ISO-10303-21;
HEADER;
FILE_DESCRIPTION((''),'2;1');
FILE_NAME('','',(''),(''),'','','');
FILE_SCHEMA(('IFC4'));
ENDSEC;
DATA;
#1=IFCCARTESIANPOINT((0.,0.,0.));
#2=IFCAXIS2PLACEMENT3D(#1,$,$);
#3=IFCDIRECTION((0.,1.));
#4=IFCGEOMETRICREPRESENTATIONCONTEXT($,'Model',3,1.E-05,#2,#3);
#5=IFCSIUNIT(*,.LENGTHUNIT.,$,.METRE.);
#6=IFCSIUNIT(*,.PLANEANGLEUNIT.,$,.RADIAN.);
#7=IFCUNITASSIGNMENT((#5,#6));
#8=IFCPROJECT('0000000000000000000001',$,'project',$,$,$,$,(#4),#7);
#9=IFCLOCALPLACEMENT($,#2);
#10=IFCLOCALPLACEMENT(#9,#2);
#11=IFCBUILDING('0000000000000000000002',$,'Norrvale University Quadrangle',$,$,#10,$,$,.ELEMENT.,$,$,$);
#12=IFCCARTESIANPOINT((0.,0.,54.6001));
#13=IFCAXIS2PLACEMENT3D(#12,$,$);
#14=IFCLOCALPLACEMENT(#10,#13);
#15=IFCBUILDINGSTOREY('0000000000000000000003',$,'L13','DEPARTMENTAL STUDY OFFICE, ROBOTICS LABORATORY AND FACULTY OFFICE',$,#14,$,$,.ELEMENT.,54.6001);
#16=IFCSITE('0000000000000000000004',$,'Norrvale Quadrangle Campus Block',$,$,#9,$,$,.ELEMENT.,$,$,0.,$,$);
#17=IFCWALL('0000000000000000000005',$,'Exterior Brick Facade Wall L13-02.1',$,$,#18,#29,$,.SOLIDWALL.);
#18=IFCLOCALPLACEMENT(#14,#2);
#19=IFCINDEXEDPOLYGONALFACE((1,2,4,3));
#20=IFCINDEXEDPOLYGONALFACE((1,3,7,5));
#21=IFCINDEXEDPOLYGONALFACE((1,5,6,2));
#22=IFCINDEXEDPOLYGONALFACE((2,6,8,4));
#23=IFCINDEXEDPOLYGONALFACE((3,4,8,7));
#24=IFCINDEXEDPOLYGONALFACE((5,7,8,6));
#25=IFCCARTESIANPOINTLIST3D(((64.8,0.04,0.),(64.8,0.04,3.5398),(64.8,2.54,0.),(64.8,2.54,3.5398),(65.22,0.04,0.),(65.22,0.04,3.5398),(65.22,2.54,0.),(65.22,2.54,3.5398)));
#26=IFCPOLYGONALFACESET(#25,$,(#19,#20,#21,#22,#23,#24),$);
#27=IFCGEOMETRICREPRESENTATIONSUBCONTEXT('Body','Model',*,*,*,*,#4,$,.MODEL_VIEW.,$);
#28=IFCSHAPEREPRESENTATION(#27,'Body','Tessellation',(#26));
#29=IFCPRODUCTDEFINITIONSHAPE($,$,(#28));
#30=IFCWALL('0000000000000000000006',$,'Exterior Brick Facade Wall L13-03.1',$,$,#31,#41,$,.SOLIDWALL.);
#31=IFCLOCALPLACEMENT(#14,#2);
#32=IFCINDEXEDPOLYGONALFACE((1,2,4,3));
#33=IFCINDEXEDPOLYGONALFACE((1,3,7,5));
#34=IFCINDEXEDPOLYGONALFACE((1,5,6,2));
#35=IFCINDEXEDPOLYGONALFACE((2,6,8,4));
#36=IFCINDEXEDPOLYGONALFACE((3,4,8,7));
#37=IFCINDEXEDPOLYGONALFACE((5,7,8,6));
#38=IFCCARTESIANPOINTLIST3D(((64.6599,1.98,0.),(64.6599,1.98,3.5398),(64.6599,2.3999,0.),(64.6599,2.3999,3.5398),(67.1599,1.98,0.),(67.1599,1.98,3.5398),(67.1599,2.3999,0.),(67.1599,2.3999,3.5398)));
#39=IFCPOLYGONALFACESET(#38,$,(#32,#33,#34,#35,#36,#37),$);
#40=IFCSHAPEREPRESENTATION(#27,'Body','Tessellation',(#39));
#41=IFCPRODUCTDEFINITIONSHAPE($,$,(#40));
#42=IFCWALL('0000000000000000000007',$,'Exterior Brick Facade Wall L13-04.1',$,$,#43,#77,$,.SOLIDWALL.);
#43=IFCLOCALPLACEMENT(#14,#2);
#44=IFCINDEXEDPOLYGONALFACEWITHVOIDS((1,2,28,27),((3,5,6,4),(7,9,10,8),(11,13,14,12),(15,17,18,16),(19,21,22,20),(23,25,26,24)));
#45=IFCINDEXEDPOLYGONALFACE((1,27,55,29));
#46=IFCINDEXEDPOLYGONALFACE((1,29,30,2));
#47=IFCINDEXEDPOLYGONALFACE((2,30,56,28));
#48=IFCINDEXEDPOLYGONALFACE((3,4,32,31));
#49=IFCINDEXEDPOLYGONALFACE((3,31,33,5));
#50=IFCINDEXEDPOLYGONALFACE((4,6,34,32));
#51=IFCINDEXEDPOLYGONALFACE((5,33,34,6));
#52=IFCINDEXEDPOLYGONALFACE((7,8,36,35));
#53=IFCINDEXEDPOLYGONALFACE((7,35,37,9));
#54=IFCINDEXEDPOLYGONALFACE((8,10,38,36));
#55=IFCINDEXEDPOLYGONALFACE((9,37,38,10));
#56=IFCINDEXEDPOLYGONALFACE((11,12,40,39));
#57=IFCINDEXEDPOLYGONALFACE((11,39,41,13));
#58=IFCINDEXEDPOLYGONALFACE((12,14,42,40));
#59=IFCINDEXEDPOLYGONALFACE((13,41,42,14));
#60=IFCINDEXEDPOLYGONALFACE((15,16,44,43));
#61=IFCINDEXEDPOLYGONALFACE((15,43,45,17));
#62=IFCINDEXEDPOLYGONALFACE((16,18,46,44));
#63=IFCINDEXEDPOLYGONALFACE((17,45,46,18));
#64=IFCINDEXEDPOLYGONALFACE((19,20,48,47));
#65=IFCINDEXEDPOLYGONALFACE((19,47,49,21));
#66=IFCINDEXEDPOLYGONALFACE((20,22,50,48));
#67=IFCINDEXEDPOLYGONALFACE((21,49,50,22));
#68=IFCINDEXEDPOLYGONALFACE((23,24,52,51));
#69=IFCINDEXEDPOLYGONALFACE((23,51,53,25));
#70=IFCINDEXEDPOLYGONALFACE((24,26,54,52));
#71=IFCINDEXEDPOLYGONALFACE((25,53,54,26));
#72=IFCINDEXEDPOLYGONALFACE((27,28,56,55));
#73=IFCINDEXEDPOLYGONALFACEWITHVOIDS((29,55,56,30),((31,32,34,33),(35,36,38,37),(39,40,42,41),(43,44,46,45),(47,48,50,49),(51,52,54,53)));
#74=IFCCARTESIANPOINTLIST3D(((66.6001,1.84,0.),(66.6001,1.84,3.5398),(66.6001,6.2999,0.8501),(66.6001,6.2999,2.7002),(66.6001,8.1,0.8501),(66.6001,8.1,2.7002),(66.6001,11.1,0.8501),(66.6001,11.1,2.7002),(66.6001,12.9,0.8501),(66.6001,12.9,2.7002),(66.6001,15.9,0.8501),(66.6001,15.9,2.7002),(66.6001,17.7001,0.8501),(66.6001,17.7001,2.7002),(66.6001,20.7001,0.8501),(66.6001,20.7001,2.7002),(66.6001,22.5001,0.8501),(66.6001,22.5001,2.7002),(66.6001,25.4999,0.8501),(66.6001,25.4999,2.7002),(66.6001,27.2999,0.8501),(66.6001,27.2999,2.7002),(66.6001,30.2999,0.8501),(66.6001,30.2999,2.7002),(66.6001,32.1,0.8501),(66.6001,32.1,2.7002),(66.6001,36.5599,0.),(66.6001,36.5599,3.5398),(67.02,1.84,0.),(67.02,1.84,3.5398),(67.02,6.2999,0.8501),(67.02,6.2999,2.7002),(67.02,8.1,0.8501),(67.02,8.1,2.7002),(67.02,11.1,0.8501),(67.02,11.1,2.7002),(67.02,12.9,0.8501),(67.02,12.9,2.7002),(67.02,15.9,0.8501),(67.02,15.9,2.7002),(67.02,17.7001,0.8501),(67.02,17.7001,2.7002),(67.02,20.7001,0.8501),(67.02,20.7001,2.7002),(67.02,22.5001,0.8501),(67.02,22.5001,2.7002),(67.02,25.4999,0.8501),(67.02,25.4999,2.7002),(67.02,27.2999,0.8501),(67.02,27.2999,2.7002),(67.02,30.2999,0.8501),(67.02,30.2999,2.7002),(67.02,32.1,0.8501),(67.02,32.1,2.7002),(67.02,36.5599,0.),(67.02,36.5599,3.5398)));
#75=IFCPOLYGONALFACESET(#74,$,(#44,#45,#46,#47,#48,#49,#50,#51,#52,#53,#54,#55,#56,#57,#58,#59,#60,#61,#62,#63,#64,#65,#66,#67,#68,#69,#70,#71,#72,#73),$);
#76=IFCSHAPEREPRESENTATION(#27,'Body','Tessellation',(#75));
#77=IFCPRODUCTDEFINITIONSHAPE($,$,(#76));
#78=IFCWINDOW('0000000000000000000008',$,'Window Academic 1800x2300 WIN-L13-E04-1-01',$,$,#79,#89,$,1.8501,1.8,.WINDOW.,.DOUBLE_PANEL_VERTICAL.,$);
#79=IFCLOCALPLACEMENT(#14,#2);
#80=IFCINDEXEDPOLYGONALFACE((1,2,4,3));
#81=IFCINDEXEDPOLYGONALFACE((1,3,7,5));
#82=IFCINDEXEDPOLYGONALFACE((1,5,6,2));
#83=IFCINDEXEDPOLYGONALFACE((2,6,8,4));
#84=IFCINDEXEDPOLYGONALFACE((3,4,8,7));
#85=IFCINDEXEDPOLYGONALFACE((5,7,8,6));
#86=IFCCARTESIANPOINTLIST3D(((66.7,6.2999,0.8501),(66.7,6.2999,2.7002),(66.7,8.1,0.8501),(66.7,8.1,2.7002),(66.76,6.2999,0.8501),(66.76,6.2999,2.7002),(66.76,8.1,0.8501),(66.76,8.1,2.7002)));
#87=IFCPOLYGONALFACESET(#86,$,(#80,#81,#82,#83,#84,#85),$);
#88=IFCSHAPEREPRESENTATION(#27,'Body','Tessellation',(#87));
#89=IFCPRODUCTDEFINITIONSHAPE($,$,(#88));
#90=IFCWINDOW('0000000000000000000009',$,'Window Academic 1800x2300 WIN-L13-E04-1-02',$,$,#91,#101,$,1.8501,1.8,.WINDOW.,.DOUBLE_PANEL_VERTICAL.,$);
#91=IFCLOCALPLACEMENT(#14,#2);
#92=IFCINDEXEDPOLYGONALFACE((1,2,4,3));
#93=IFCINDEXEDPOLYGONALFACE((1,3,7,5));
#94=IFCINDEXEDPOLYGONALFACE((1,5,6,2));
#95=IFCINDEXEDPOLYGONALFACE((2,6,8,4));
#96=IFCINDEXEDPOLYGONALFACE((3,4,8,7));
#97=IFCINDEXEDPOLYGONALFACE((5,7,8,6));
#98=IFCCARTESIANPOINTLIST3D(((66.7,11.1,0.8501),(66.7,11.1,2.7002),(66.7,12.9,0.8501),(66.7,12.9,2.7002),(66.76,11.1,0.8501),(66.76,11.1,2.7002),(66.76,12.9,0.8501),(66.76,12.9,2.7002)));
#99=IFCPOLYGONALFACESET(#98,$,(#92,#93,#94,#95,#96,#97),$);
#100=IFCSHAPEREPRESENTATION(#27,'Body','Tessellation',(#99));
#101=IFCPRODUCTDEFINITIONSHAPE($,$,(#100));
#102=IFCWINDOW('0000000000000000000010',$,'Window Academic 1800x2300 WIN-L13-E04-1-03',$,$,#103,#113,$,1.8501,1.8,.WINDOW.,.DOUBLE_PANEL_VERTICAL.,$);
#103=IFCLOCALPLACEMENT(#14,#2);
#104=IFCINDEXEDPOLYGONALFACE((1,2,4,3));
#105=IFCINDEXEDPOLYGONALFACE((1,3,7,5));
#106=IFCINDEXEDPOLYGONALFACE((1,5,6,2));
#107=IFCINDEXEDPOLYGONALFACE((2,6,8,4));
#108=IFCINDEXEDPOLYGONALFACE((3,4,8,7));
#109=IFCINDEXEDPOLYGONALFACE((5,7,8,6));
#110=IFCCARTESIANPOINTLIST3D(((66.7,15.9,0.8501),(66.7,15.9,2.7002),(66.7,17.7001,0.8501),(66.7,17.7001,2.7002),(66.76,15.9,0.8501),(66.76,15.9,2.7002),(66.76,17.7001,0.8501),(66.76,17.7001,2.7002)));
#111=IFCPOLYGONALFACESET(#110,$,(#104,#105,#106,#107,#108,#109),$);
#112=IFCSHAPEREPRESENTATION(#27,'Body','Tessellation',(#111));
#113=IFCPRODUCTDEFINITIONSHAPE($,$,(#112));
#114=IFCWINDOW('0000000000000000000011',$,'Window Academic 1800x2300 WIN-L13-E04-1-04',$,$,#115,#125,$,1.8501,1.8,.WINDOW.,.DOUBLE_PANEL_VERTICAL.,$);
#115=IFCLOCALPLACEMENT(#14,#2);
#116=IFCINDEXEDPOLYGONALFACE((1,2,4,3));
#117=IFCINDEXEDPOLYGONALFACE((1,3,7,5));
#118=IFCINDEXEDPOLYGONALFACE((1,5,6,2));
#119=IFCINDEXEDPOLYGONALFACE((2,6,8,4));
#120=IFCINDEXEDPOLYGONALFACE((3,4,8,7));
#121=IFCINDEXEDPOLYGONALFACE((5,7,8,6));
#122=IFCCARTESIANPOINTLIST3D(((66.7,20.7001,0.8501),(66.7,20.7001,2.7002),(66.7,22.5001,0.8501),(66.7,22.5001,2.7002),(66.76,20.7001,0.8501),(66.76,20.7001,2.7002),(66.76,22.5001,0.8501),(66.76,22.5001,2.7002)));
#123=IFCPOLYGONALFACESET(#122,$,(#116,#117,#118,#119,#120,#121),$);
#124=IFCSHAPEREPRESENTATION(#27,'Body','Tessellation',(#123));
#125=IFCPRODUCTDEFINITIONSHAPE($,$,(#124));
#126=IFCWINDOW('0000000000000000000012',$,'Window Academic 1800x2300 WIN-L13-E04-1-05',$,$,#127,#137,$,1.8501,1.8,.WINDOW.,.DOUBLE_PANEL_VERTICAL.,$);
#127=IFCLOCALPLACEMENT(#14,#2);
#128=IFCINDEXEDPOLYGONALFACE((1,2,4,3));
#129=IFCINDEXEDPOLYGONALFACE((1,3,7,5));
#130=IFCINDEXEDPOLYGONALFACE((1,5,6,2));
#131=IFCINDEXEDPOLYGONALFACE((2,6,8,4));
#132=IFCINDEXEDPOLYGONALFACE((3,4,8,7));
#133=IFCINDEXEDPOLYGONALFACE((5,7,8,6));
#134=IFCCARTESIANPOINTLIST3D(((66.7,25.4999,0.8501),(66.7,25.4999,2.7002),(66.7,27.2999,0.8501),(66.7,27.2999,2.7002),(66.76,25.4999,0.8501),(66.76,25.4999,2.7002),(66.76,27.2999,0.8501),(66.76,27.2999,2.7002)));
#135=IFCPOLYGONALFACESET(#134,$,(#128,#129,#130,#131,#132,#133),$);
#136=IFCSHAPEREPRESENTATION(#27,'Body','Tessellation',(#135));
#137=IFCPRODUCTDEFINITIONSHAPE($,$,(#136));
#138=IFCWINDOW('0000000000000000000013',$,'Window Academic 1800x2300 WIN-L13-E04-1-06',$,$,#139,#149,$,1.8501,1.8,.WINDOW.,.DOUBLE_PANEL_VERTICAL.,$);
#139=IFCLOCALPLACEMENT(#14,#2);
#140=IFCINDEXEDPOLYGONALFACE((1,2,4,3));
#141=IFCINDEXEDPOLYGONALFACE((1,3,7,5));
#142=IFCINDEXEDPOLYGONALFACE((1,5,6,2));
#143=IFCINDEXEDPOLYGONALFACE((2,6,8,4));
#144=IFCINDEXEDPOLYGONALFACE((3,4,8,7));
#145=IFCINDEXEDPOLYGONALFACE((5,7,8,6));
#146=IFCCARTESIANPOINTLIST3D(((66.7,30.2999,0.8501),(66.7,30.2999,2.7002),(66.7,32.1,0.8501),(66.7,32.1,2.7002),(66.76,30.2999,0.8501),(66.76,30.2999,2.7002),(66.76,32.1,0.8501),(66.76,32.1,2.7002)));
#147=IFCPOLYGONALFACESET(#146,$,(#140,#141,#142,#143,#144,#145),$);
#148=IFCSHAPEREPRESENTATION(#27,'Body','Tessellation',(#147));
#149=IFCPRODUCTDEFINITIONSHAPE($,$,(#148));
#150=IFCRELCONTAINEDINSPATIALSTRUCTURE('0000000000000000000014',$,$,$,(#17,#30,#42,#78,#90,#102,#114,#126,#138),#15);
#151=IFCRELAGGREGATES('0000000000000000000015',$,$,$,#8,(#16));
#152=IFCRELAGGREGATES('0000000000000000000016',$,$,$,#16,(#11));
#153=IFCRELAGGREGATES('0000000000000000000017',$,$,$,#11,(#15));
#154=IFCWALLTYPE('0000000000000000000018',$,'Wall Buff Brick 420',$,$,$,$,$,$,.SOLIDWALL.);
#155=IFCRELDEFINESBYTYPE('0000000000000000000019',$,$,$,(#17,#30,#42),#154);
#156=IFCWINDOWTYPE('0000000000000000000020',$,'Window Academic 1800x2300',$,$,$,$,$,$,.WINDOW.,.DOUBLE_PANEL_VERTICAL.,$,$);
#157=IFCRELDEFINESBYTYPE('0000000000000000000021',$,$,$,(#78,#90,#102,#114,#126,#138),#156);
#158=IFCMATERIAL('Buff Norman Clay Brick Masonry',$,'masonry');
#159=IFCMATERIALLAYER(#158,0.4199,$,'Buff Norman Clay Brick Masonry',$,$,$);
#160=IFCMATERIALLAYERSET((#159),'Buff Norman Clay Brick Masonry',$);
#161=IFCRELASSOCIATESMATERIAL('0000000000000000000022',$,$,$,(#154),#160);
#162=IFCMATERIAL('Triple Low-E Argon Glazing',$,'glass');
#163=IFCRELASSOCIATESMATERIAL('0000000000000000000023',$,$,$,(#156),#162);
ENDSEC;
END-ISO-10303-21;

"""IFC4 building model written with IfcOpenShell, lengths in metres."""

from ifc_helpers import new_model, si_unit, direction, frame, frame_2d, origin, place, context, subcontext, project, spatial, rectangle, extrude, material, layer, layer_set, type_object, element, fill, save


model = new_model("IFC4")

# Units and contexts
model_context = context("Model", 3, precision=1e-05, world=origin(), true_north=direction((0.0, 1.0)))
body_context = subcontext(model_context, "Body", "Model", "MODEL_VIEW")
ifc_project = project(units=[si_unit("LENGTHUNIT", "METRE"), si_unit("PLANEANGLEUNIT", "RADIAN")], contexts=[model_context])

# Site, building, storey
site_placement = place(None, origin())
site = spatial("IfcSite", under=ifc_project, at=site_placement, Name="Norrvale Quadrangle Campus Block", CompositionType="ELEMENT", RefElevation=0.0)
building_placement = place(site_placement, origin())
building = spatial("IfcBuilding", under=site, at=building_placement, Name="Norrvale University Quadrangle", CompositionType="ELEMENT")
storey_placement = place(building_placement, frame((0.0, 0.0, 54.6001)))
storey = spatial("IfcBuildingStorey", under=building, at=storey_placement, Name="L13", Description="DEPARTMENTAL STUDY OFFICE, ROBOTICS LABORATORY AND FACULTY OFFICE", CompositionType="ELEMENT", Elevation=54.6001)

# Walls
ifc_material_1 = material(Name="Buff Norman Clay Brick Masonry", Category="masonry")
ifc_layer_1 = layer(ifc_material_1, 0.4199, Name="Buff Norman Clay Brick Masonry")
ifc_layer_set_1 = layer_set([ifc_layer_1], Name="Buff Norman Clay Brick Masonry")
wall_type_1 = type_object("IfcWallType", Name="Wall Buff Brick 420", PredefinedType="SOLIDWALL", material=ifc_layer_set_1)
for number, where, z_axis, x_axis, name in (
    (1, (65.01, 0.04, 0.0), (0.0, 0.0, 1.0), (0.0, 1.0, 0.0), "Exterior Brick Facade Wall L13-02.1"),
    (2, (64.6599, 2.1899, 0.0), (0.0, 0.0, 1.0), (1.0, 0.0, 0.0), "Exterior Brick Facade Wall L13-03.1"),
):
    element("IfcWall", number, at=place(storey_placement, frame(where, z_axis=z_axis, x_axis=x_axis)), inside=storey, type_object=wall_type_1, Name=name, PredefinedType="SOLIDWALL", context=body_context, shape_type="SweptSolid", body=[
        extrude(rectangle(XDim=2.5, YDim=0.4199, at=frame_2d((1.25, 0.0))), origin(), (0.0, 0.0, 1.0), 3.5398),
    ])

# Wall, openings, windows
wall_1_placement = place(storey_placement, frame((66.8101, 1.8401, 0.0), z_axis=(0.0, 0.0, 1.0), x_axis=(0.0, 1.0, 0.0)))
wall_1 = element("IfcWall", 3, at=wall_1_placement, inside=storey, type_object=wall_type_1, Name="Exterior Brick Facade Wall L13-04.1", PredefinedType="SOLIDWALL", context=body_context, shape_type="SweptSolid", body=[
    extrude(rectangle(XDim=34.72, YDim=0.4199, at=frame_2d((17.3599, 0.0))), origin(), (0.0, 0.0, 1.0), 3.5398),
])
opening_1_placement = place(wall_1_placement, frame((4.46, 0.0, 0.8501)))
opening_1 = element("IfcOpeningElement", 4, at=opening_1_placement, cuts=wall_1, PredefinedType="OPENING", context=body_context, shape_type="SweptSolid", body=[
    extrude(rectangle(XDim=1.8, YDim=1.8501, at=frame_2d((0.8999, 0.925))), frame((0.0, 0.2219, 0.0), z_axis=(0.0, -1.0, 0.0), x_axis=(1.0, 0.0, 0.0)), (0.0, 0.0, 1.0), 0.4438),
])
opening_2_placement = place(wall_1_placement, frame((9.26, 0.0, 0.8501)))
opening_2 = element("IfcOpeningElement", 5, at=opening_2_placement, cuts=wall_1, PredefinedType="OPENING", context=body_context, shape_type="SweptSolid", body=[
    extrude(rectangle(XDim=1.8, YDim=1.8501, at=frame_2d((0.8999, 0.925))), frame((0.0, 0.2219, 0.0), z_axis=(0.0, -1.0, 0.0), x_axis=(1.0, 0.0, 0.0)), (0.0, 0.0, 1.0), 0.4438),
])
opening_3_placement = place(wall_1_placement, frame((14.0601, 0.0, 0.8501)))
opening_3 = element("IfcOpeningElement", 6, at=opening_3_placement, cuts=wall_1, PredefinedType="OPENING", context=body_context, shape_type="SweptSolid", body=[
    extrude(rectangle(XDim=1.8, YDim=1.8501, at=frame_2d((0.8999, 0.925))), frame((0.0, 0.2219, 0.0), z_axis=(0.0, -1.0, 0.0), x_axis=(1.0, 0.0, 0.0)), (0.0, 0.0, 1.0), 0.4438),
])
opening_4_placement = place(wall_1_placement, frame((18.8601, 0.0, 0.8501)))
opening_4 = element("IfcOpeningElement", 7, at=opening_4_placement, cuts=wall_1, PredefinedType="OPENING", context=body_context, shape_type="SweptSolid", body=[
    extrude(rectangle(XDim=1.8, YDim=1.8501, at=frame_2d((0.8999, 0.925))), frame((0.0, 0.2219, 0.0), z_axis=(0.0, -1.0, 0.0), x_axis=(1.0, 0.0, 0.0)), (0.0, 0.0, 1.0), 0.4438),
])
opening_5_placement = place(wall_1_placement, frame((23.6599, 0.0, 0.8501)))
opening_5 = element("IfcOpeningElement", 8, at=opening_5_placement, cuts=wall_1, PredefinedType="OPENING", context=body_context, shape_type="SweptSolid", body=[
    extrude(rectangle(XDim=1.8, YDim=1.8501, at=frame_2d((0.8999, 0.925))), frame((0.0, 0.2219, 0.0), z_axis=(0.0, -1.0, 0.0), x_axis=(1.0, 0.0, 0.0)), (0.0, 0.0, 1.0), 0.4438),
])
opening_6_placement = place(wall_1_placement, frame((28.46, 0.0, 0.8501)))
opening_6 = element("IfcOpeningElement", 9, at=opening_6_placement, cuts=wall_1, PredefinedType="OPENING", context=body_context, shape_type="SweptSolid", body=[
    extrude(rectangle(XDim=1.8, YDim=1.8501, at=frame_2d((0.8999, 0.925))), frame((0.0, 0.2219, 0.0), z_axis=(0.0, -1.0, 0.0), x_axis=(1.0, 0.0, 0.0)), (0.0, 0.0, 1.0), 0.4438),
])
ifc_material_2 = material(Name="Triple Low-E Argon Glazing", Category="glass")
window_type = type_object("IfcWindowType", Name="Window Academic 1800x2300", PartitioningType="DOUBLE_PANEL_VERTICAL", PredefinedType="WINDOW", material=ifc_material_2)
window_1_placement = place(opening_1_placement, origin())
window_1 = element("IfcWindow", 10, at=window_1_placement, inside=storey, type_object=window_type, Name="Window Academic 1800x2300 WIN-L13-E04-1-01", OverallHeight=1.8501, OverallWidth=1.8, PartitioningType="DOUBLE_PANEL_VERTICAL", PredefinedType="WINDOW", context=body_context, shape_type="SweptSolid", body=[
    extrude(rectangle(XDim=1.8, YDim=1.8501, at=frame_2d((0.8999, 0.925))), frame((0.0, 0.1101, 0.0), z_axis=(0.0, -1.0, 0.0), x_axis=(1.0, 0.0, 0.0)), (0.0, 0.0, 1.0), 0.0601),
])
fill(opening_1, window_1)
window_2_placement = place(opening_2_placement, origin())
window_2 = element("IfcWindow", 11, at=window_2_placement, inside=storey, type_object=window_type, Name="Window Academic 1800x2300 WIN-L13-E04-1-02", OverallHeight=1.8501, OverallWidth=1.8, PartitioningType="DOUBLE_PANEL_VERTICAL", PredefinedType="WINDOW", context=body_context, shape_type="SweptSolid", body=[
    extrude(rectangle(XDim=1.8, YDim=1.8501, at=frame_2d((0.8999, 0.925))), frame((0.0, 0.1101, 0.0), z_axis=(0.0, -1.0, 0.0), x_axis=(1.0, 0.0, 0.0)), (0.0, 0.0, 1.0), 0.0601),
])
fill(opening_2, window_2)
window_3_placement = place(opening_3_placement, origin())
window_3 = element("IfcWindow", 12, at=window_3_placement, inside=storey, type_object=window_type, Name="Window Academic 1800x2300 WIN-L13-E04-1-03", OverallHeight=1.8501, OverallWidth=1.8, PartitioningType="DOUBLE_PANEL_VERTICAL", PredefinedType="WINDOW", context=body_context, shape_type="SweptSolid", body=[
    extrude(rectangle(XDim=1.8, YDim=1.8501, at=frame_2d((0.8999, 0.925))), frame((0.0, 0.1101, 0.0), z_axis=(0.0, -1.0, 0.0), x_axis=(1.0, 0.0, 0.0)), (0.0, 0.0, 1.0), 0.0601),
])
fill(opening_3, window_3)
window_4_placement = place(opening_4_placement, origin())
window_4 = element("IfcWindow", 13, at=window_4_placement, inside=storey, type_object=window_type, Name="Window Academic 1800x2300 WIN-L13-E04-1-04", OverallHeight=1.8501, OverallWidth=1.8, PartitioningType="DOUBLE_PANEL_VERTICAL", PredefinedType="WINDOW", context=body_context, shape_type="SweptSolid", body=[
    extrude(rectangle(XDim=1.8, YDim=1.8501, at=frame_2d((0.8999, 0.925))), frame((0.0, 0.1101, 0.0), z_axis=(0.0, -1.0, 0.0), x_axis=(1.0, 0.0, 0.0)), (0.0, 0.0, 1.0), 0.0601),
])
fill(opening_4, window_4)
window_5_placement = place(opening_5_placement, origin())
window_5 = element("IfcWindow", 14, at=window_5_placement, inside=storey, type_object=window_type, Name="Window Academic 1800x2300 WIN-L13-E04-1-05", OverallHeight=1.8501, OverallWidth=1.8, PartitioningType="DOUBLE_PANEL_VERTICAL", PredefinedType="WINDOW", context=body_context, shape_type="SweptSolid", body=[
    extrude(rectangle(XDim=1.8, YDim=1.8501, at=frame_2d((0.8999, 0.925))), frame((0.0, 0.1101, 0.0), z_axis=(0.0, -1.0, 0.0), x_axis=(1.0, 0.0, 0.0)), (0.0, 0.0, 1.0), 0.0601),
])
fill(opening_5, window_5)
window_6_placement = place(opening_6_placement, origin())
window_6 = element("IfcWindow", 15, at=window_6_placement, inside=storey, type_object=window_type, Name="Window Academic 1800x2300 WIN-L13-E04-1-06", OverallHeight=1.8501, OverallWidth=1.8, PartitioningType="DOUBLE_PANEL_VERTICAL", PredefinedType="WINDOW", context=body_context, shape_type="SweptSolid", body=[
    extrude(rectangle(XDim=1.8, YDim=1.8501, at=frame_2d((0.8999, 0.925))), frame((0.0, 0.1101, 0.0), z_axis=(0.0, -1.0, 0.0), x_axis=(1.0, 0.0, 0.0)), (0.0, 0.0, 1.0), 0.0601),
])
fill(opening_6, window_6)

save(model, "model.ifc")
